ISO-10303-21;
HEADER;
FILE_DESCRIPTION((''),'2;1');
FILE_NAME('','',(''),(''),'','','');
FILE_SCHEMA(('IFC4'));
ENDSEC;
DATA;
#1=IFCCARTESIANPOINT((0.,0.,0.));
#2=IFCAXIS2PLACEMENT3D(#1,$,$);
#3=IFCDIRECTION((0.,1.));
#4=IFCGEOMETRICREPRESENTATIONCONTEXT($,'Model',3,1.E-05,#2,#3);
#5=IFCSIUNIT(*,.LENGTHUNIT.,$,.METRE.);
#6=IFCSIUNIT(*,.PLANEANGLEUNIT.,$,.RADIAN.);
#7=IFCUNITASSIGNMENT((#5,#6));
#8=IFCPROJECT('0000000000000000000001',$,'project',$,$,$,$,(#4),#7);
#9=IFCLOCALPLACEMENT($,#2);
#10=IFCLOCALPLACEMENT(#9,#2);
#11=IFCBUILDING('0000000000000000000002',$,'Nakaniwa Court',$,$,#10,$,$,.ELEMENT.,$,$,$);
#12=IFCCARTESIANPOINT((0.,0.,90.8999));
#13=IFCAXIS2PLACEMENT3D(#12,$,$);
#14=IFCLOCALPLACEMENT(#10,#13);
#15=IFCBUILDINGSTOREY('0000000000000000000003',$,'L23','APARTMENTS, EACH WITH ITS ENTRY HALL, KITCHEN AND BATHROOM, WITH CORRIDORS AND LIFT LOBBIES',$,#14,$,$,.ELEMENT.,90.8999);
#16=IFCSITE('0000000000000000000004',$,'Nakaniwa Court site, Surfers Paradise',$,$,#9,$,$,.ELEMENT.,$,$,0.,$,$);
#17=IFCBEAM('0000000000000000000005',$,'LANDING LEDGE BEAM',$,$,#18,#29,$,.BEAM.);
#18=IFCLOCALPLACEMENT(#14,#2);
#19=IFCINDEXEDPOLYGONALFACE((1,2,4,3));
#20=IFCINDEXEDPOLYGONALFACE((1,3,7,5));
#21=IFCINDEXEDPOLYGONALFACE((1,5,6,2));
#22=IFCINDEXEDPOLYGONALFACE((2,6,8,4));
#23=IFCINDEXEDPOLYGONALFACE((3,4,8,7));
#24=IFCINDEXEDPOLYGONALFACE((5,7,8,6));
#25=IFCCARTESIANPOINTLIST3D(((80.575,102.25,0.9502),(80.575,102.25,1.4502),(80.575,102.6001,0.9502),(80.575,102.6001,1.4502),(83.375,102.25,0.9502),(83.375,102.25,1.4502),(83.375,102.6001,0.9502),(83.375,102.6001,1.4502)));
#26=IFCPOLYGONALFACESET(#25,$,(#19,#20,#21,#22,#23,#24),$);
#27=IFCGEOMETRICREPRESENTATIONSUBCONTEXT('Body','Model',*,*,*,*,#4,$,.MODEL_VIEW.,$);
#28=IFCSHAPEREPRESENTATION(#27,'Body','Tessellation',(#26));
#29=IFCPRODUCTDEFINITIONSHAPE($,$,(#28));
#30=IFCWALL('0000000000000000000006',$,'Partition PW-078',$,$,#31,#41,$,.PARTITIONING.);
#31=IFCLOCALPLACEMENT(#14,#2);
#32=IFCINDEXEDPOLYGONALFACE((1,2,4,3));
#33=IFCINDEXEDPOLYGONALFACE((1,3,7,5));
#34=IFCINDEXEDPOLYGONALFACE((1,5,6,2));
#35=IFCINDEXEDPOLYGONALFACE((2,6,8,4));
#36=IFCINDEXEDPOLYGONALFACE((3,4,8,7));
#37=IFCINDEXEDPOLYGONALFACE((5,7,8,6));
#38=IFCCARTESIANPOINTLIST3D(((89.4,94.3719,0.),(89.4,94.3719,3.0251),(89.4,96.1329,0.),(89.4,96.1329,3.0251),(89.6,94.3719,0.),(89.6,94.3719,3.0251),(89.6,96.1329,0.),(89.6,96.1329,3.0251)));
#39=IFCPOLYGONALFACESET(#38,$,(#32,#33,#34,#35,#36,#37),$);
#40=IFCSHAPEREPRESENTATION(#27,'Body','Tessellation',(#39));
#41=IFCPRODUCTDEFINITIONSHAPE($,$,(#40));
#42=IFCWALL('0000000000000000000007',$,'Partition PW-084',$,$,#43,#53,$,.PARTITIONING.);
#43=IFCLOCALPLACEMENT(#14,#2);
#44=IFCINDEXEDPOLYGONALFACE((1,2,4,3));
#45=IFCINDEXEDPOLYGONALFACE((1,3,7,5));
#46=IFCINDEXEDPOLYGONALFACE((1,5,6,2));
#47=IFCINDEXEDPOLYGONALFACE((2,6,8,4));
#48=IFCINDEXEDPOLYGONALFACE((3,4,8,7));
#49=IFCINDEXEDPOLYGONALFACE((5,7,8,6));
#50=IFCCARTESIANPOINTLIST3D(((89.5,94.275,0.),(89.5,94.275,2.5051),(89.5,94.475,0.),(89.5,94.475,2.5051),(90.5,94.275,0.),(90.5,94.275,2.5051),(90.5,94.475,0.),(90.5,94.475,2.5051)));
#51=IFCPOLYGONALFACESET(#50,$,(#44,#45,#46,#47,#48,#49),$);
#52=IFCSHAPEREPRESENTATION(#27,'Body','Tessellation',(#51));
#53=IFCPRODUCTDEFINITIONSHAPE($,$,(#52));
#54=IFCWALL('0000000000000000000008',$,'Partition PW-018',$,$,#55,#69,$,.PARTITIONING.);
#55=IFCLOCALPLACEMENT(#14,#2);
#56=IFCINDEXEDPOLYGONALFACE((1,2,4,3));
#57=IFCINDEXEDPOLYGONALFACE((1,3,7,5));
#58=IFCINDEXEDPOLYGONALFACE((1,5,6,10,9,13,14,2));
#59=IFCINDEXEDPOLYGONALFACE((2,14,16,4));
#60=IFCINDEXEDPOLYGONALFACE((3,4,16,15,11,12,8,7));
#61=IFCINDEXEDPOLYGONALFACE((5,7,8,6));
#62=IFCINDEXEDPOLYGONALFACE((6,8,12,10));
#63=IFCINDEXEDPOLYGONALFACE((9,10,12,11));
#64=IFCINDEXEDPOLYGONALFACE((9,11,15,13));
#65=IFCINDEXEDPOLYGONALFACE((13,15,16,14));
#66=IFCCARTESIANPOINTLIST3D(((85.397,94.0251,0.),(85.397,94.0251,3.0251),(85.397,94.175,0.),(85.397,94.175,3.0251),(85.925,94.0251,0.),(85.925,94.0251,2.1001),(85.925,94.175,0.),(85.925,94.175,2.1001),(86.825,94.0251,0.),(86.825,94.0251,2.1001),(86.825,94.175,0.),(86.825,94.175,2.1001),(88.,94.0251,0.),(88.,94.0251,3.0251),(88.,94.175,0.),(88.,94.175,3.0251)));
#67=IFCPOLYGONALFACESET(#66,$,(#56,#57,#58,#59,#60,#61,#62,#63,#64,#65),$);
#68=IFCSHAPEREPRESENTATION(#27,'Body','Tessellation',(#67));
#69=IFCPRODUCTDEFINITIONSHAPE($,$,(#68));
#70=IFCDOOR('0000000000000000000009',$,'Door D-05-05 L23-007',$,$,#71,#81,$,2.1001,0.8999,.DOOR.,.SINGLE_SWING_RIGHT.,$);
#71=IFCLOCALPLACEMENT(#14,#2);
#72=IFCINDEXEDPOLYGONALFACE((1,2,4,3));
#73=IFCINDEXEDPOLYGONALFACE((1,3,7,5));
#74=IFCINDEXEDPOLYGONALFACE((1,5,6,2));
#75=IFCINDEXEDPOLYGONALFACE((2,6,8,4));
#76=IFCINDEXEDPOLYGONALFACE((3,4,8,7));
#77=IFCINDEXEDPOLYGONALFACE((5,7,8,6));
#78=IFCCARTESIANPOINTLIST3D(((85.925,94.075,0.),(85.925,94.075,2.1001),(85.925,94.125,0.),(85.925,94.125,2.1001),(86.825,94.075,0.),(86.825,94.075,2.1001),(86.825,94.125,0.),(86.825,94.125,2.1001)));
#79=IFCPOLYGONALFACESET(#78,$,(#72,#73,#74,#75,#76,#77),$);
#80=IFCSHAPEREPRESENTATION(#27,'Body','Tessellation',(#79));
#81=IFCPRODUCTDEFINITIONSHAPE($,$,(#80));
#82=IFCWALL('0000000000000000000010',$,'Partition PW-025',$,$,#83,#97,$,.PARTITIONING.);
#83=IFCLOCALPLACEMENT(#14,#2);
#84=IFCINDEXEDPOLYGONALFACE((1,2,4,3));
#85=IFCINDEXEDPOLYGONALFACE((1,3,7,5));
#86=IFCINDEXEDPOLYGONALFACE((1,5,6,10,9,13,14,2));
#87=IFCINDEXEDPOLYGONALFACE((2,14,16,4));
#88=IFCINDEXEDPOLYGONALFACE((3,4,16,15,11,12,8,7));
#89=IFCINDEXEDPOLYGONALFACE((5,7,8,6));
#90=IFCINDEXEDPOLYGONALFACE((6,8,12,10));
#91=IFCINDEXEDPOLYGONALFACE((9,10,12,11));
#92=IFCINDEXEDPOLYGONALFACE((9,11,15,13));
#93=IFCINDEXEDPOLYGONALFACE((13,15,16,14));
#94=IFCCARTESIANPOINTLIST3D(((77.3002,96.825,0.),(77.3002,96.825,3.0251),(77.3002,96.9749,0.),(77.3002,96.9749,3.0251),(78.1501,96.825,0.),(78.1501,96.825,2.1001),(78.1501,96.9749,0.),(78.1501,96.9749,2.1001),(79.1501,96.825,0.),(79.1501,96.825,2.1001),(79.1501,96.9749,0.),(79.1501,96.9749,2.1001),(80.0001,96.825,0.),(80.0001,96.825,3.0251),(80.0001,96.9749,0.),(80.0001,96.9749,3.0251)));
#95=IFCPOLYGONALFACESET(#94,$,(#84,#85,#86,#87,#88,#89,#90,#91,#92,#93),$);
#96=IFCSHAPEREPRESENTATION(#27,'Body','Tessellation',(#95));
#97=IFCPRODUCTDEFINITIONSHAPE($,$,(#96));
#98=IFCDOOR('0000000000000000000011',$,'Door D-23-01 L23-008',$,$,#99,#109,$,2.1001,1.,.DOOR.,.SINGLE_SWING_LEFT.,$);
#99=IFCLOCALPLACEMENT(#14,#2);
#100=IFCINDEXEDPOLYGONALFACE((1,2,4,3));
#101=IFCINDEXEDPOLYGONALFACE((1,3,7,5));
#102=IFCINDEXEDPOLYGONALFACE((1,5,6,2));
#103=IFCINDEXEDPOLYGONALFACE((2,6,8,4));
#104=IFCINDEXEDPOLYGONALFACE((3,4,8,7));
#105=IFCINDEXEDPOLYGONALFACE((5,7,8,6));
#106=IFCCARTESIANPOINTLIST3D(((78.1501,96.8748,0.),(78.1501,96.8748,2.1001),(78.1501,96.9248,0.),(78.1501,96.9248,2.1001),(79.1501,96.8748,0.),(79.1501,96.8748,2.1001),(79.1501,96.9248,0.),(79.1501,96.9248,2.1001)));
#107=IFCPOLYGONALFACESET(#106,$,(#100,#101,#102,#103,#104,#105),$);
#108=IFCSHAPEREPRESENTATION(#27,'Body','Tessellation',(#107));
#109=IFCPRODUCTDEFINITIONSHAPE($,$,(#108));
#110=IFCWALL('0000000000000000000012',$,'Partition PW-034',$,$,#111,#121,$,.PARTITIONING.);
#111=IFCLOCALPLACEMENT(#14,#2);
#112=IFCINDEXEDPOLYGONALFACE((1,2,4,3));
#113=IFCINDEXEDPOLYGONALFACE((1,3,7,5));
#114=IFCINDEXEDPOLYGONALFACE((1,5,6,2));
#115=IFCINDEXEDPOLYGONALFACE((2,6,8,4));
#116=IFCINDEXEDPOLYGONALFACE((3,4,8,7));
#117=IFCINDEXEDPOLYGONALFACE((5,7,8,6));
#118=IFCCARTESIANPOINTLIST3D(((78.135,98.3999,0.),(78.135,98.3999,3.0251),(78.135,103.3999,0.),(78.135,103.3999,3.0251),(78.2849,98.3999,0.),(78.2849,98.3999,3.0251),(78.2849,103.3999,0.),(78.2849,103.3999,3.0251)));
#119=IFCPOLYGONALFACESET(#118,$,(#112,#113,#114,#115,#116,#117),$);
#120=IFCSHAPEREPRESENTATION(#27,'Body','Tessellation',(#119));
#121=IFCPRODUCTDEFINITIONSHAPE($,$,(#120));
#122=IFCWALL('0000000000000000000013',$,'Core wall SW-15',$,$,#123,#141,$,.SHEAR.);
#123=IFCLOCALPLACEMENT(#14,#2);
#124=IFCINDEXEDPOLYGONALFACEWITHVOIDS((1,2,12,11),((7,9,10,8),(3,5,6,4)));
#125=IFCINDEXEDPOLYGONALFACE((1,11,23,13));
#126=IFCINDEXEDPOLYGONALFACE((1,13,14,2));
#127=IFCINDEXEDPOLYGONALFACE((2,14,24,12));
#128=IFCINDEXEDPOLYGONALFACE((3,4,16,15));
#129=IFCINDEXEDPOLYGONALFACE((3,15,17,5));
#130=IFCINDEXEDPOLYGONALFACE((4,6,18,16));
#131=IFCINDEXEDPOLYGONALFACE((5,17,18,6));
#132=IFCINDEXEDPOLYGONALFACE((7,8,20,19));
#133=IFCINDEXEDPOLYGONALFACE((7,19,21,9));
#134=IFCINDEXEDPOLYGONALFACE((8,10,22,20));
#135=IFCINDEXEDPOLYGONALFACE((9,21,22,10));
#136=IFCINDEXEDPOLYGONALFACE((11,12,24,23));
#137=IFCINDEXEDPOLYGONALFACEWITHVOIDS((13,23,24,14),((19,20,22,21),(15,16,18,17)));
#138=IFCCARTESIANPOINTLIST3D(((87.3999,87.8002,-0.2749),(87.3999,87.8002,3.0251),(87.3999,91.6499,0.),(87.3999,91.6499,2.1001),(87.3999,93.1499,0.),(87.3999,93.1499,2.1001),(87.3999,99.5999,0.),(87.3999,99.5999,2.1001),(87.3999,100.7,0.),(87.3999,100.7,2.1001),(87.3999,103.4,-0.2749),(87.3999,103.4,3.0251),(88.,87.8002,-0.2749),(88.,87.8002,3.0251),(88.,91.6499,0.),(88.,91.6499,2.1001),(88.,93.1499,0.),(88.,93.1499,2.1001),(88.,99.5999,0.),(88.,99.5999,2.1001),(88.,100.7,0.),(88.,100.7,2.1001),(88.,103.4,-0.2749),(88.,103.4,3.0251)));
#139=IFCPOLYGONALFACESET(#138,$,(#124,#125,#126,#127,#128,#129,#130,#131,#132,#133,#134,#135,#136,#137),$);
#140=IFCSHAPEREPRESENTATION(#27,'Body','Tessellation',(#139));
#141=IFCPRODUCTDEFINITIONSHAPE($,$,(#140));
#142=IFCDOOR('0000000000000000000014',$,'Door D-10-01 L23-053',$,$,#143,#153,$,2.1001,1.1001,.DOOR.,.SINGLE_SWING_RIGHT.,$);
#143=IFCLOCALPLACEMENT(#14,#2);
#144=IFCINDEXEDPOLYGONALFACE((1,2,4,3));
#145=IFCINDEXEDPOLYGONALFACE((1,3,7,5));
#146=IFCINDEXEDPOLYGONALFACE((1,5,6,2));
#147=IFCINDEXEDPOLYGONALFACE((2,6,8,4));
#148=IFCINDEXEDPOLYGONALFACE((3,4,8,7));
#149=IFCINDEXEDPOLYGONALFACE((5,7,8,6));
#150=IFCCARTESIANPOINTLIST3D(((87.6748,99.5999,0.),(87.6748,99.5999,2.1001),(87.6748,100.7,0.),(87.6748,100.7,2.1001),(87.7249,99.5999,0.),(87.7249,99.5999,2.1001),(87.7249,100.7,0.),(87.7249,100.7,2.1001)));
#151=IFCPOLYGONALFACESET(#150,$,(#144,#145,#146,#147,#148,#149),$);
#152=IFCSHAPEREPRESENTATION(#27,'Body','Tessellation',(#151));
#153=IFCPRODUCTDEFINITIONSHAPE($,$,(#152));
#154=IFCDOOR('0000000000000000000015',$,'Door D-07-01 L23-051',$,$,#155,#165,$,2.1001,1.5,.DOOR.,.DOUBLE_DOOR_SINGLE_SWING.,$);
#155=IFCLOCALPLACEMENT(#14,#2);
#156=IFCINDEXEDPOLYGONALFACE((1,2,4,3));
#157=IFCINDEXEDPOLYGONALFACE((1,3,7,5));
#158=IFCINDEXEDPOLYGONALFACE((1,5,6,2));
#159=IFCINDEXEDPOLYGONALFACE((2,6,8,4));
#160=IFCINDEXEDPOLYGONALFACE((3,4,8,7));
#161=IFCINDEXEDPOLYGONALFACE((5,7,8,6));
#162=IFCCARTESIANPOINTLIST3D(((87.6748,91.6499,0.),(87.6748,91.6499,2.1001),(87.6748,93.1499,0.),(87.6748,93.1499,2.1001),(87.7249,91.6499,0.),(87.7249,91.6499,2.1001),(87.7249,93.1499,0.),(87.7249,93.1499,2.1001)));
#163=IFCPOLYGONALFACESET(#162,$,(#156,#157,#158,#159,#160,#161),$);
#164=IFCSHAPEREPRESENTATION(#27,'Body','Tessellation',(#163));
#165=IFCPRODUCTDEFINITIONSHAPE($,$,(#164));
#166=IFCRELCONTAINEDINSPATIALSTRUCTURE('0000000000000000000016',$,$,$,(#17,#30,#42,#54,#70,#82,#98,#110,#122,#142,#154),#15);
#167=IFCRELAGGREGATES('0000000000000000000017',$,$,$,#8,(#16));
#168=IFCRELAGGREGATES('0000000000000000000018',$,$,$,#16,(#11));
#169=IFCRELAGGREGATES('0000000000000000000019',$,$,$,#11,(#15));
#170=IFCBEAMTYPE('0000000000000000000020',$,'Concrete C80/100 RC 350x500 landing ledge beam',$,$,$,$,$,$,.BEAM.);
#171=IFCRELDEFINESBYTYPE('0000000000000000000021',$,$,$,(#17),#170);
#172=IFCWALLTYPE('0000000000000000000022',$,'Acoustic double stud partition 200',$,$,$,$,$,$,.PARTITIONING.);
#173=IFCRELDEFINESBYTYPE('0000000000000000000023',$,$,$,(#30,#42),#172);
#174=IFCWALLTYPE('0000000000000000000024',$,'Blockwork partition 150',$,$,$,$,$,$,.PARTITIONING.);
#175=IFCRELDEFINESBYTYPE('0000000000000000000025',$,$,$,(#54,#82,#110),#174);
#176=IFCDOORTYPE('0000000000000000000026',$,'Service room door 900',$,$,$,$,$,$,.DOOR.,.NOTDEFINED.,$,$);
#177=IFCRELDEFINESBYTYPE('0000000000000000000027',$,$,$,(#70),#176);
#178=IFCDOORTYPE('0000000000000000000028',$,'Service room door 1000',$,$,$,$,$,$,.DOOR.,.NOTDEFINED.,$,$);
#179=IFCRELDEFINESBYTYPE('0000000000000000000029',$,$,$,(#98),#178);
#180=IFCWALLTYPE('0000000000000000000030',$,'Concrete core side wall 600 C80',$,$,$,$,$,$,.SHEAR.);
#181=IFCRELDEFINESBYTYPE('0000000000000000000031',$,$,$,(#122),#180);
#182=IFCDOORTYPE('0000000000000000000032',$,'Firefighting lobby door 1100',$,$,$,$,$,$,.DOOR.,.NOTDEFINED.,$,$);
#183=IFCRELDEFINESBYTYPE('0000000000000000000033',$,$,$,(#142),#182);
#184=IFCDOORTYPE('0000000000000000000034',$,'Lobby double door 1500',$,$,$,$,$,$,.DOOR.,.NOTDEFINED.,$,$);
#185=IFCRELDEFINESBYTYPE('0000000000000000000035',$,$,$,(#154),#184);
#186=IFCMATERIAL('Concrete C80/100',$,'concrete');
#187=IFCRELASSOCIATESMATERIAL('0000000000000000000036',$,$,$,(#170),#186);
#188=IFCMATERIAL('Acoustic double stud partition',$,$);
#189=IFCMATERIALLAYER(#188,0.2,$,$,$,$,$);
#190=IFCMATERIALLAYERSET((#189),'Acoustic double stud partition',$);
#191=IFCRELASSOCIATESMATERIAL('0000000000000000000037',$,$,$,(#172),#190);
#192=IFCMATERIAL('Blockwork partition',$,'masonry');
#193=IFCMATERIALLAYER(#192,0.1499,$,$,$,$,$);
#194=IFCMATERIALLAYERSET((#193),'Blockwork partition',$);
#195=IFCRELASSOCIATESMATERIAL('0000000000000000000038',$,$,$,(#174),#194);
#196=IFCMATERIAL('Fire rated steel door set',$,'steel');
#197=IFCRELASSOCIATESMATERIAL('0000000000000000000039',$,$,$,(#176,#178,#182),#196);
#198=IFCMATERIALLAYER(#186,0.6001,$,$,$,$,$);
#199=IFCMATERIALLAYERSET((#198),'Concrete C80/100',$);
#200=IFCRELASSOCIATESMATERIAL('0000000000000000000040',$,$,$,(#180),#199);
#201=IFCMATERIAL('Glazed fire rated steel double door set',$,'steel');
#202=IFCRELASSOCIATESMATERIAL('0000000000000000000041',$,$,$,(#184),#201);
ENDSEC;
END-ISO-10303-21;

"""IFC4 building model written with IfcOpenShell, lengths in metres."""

from ifc_helpers import new_model, si_unit, direction, frame, frame_2d, origin, origin_2d, place, context, subcontext, project, spatial, rectangle, extrude, material, layer, layer_set, material_profile, profile_set, type_object, element, fill, save


model = new_model("IFC4")

# Units and contexts
model_context = context("Model", 3, precision=1e-05, world=origin(), true_north=direction((0.0, 1.0)))
body_context = subcontext(model_context, "Body", "Model", "MODEL_VIEW")
ifc_project = project(units=[si_unit("LENGTHUNIT", "METRE"), si_unit("PLANEANGLEUNIT", "RADIAN")], contexts=[model_context])

# Site, building, storey
site_placement = place(None, origin())
site = spatial("IfcSite", under=ifc_project, at=site_placement, Name="Nakaniwa Court site, Surfers Paradise", CompositionType="ELEMENT", RefElevation=0.0)
building_placement = place(site_placement, origin())
building = spatial("IfcBuilding", under=site, at=building_placement, Name="Nakaniwa Court", CompositionType="ELEMENT")
storey_placement = place(building_placement, frame((0.0, 0.0, 90.8999)))
storey = spatial("IfcBuildingStorey", under=building, at=storey_placement, Name="L23", Description="APARTMENTS, EACH WITH ITS ENTRY HALL, KITCHEN AND BATHROOM, WITH CORRIDORS AND LIFT LOBBIES", CompositionType="ELEMENT", Elevation=90.8999)

# Beam
ifc_material_1 = material(Name="Concrete C80/100", Category="concrete")
ifc_material_profile = material_profile(ifc_material_1, rectangle(XDim=0.3501, YDim=0.5, at=origin_2d()), Name="Concrete C80/100 RC 350x500 landing ledge beam")
ifc_profile_set = profile_set([ifc_material_profile], Name="Concrete C80/100")
beam_type = type_object("IfcBeamType", Name="Concrete C80/100 RC 350x500 landing ledge beam", PredefinedType="BEAM", material=ifc_profile_set)
beam_placement = place(storey_placement, frame((80.575, 102.425, 1.2002), z_axis=(1.0, 0.0, 0.0), x_axis=(0.0, 1.0, 0.0)))
element("IfcBeam", 1, at=beam_placement, inside=storey, type_object=beam_type, Name="LANDING LEDGE BEAM", PredefinedType="BEAM", context=body_context, shape_type="SweptSolid", body=[
    extrude(rectangle(XDim=0.3501, YDim=0.5, at=origin_2d()), origin(), (0.0, 0.0, 1.0), 2.8),
])

# Walls
ifc_material_2 = material(Name="Acoustic double stud partition")
ifc_layer_1 = layer(ifc_material_2, 0.2)
ifc_layer_set_1 = layer_set([ifc_layer_1], Name="Acoustic double stud partition")
wall_type_1 = type_object("IfcWallType", Name="Acoustic double stud partition 200", PredefinedType="PARTITIONING", material=ifc_layer_set_1)
wall_1_placement = place(storey_placement, frame((89.5, 94.3721, 0.0), z_axis=(0.0, 0.0, 1.0), x_axis=(0.0, 1.0, 0.0)))
element("IfcWall", 2, at=wall_1_placement, inside=storey, type_object=wall_type_1, Name="Partition PW-078", PredefinedType="PARTITIONING", context=body_context, shape_type="SweptSolid", body=[
    extrude(rectangle(XDim=1.761, YDim=0.2, at=frame_2d((0.8804, 0.0))), origin(), (0.0, 0.0, 1.0), 3.0251),
])
wall_2_placement = place(storey_placement, frame((89.5, 94.375, 0.0), z_axis=(0.0, 0.0, 1.0), x_axis=(1.0, 0.0, 0.0)))
element("IfcWall", 3, at=wall_2_placement, inside=storey, type_object=wall_type_1, Name="Partition PW-084", PredefinedType="PARTITIONING", context=body_context, shape_type="SweptSolid", body=[
    extrude(rectangle(XDim=1.0, YDim=0.2, at=frame_2d((0.5, 0.0))), origin(), (0.0, 0.0, 1.0), 2.5051),
])

# Walls, openings, doors
ifc_material_3 = material(Name="Blockwork partition", Category="masonry")
ifc_layer_2 = layer(ifc_material_3, 0.1499)
ifc_layer_set_2 = layer_set([ifc_layer_2], Name="Blockwork partition")
wall_type_2 = type_object("IfcWallType", Name="Blockwork partition 150", PredefinedType="PARTITIONING", material=ifc_layer_set_2)
wall_3_placement = place(storey_placement, frame((85.397, 94.1001, 0.0), z_axis=(0.0, 0.0, 1.0), x_axis=(1.0, 0.0, 0.0)))
wall_3 = element("IfcWall", 4, at=wall_3_placement, inside=storey, type_object=wall_type_2, Name="Partition PW-018", PredefinedType="PARTITIONING", context=body_context, shape_type="SweptSolid", body=[
    extrude(rectangle(XDim=2.603, YDim=0.1499, at=frame_2d((1.3015, 0.0))), origin(), (0.0, 0.0, 1.0), 3.0251),
])
opening_1_placement = place(wall_3_placement, frame((0.5281, 0.0, 0.0)))
opening_1 = element("IfcOpeningElement", 5, at=opening_1_placement, cuts=wall_3, PredefinedType="OPENING", context=body_context, shape_type="SweptSolid", body=[
    extrude(rectangle(XDim=0.8999, YDim=2.1001, at=frame_2d((0.45, 1.05))), frame((0.0, 0.085, 0.0), z_axis=(0.0, -1.0, 0.0), x_axis=(1.0, 0.0, 0.0)), (0.0, 0.0, 1.0), 0.1699),
])
ifc_material_4 = material(Name="Fire rated steel door set", Category="steel")
door_type_1 = type_object("IfcDoorType", Name="Service room door 900", OperationType="NOTDEFINED", PredefinedType="DOOR", material=ifc_material_4)
door_1_placement = place(opening_1_placement, origin())
door_1 = element("IfcDoor", 6, at=door_1_placement, inside=storey, type_object=door_type_1, Name="Door D-05-05 L23-007", OperationType="SINGLE_SWING_RIGHT", OverallHeight=2.1001, OverallWidth=0.8999, PredefinedType="DOOR", context=body_context, shape_type="SweptSolid", body=[
    extrude(rectangle(XDim=0.8999, YDim=2.1001, at=frame_2d((0.45, 1.05))), frame((0.0, 0.0249, 0.0), z_axis=(0.0, -1.0, 0.0), x_axis=(1.0, 0.0, 0.0)), (0.0, 0.0, 1.0), 0.05),
])
fill(opening_1, door_1)
wall_4_placement = place(storey_placement, frame((77.3, 96.8999, 0.0), z_axis=(0.0, 0.0, 1.0), x_axis=(1.0, 0.0, 0.0)))
wall_4 = element("IfcWall", 7, at=wall_4_placement, inside=storey, type_object=wall_type_2, Name="Partition PW-025", PredefinedType="PARTITIONING", context=body_context, shape_type="SweptSolid", body=[
    extrude(rectangle(XDim=2.7, YDim=0.1499, at=frame_2d((1.3501, 0.0))), origin(), (0.0, 0.0, 1.0), 3.0251),
])
opening_2_placement = place(wall_4_placement, frame((0.8501, 0.0, 0.0)))
opening_2 = element("IfcOpeningElement", 8, at=opening_2_placement, cuts=wall_4, PredefinedType="OPENING", context=body_context, shape_type="SweptSolid", body=[
    extrude(rectangle(XDim=1.0, YDim=2.1001, at=frame_2d((0.5, 1.05))), frame((0.0, 0.085, 0.0), z_axis=(0.0, -1.0, 0.0), x_axis=(1.0, 0.0, 0.0)), (0.0, 0.0, 1.0), 0.1699),
])
door_type_2 = type_object("IfcDoorType", Name="Service room door 1000", OperationType="NOTDEFINED", PredefinedType="DOOR", material=ifc_material_4)
door_2_placement = place(opening_2_placement, origin())
door_2 = element("IfcDoor", 9, at=door_2_placement, inside=storey, type_object=door_type_2, Name="Door D-23-01 L23-008", OperationType="SINGLE_SWING_LEFT", OverallHeight=2.1001, OverallWidth=1.0, PredefinedType="DOOR", context=body_context, shape_type="SweptSolid", body=[
    extrude(rectangle(XDim=1.0, YDim=2.1001, at=frame_2d((0.5, 1.05))), frame((0.0, 0.0249, 0.0), z_axis=(0.0, -1.0, 0.0), x_axis=(1.0, 0.0, 0.0)), (0.0, 0.0, 1.0), 0.05),
])
fill(opening_2, door_2)

# Wall
wall_5_placement = place(storey_placement, frame((78.21, 98.3999, 0.0), z_axis=(0.0, 0.0, 1.0), x_axis=(0.0, 1.0, 0.0)))
element("IfcWall", 10, at=wall_5_placement, inside=storey, type_object=wall_type_2, Name="Partition PW-034", PredefinedType="PARTITIONING", context=body_context, shape_type="SweptSolid", body=[
    extrude(rectangle(XDim=5.0, YDim=0.1499, at=frame_2d((2.5, 0.0))), origin(), (0.0, 0.0, 1.0), 3.0251),
])

# Wall, openings, doors
ifc_layer_3 = layer(ifc_material_1, 0.6001)
ifc_layer_set_3 = layer_set([ifc_layer_3], Name="Concrete C80/100")
wall_type_3 = type_object("IfcWallType", Name="Concrete core side wall 600 C80", PredefinedType="SHEAR", material=ifc_layer_set_3)
wall_6_placement = place(storey_placement, frame((87.7, 103.3999, -0.2749), z_axis=(0.0, 0.0, 1.0), x_axis=(0.0, -1.0, 0.0)))
wall_6 = element("IfcWall", 11, at=wall_6_placement, inside=storey, type_object=wall_type_3, Name="Core wall SW-15", PredefinedType="SHEAR", context=body_context, shape_type="SweptSolid", body=[
    extrude(rectangle(XDim=15.5999, YDim=0.6001, at=frame_2d((7.7998, 0.0))), origin(), (0.0, 0.0, 1.0), 3.3),
])
opening_3_placement = place(wall_6_placement, frame((10.25, 0.0, 0.2749)))
opening_3 = element("IfcOpeningElement", 12, at=opening_3_placement, cuts=wall_6, PredefinedType="OPENING", context=body_context, shape_type="SweptSolid", body=[
    extrude(rectangle(XDim=1.5, YDim=2.1001, at=frame_2d((0.75, 1.05))), frame((0.0, 0.3101, 0.0), z_axis=(0.0, -1.0, 0.0), x_axis=(1.0, 0.0, 0.0)), (0.0, 0.0, 1.0), 0.6201),
])
opening_4_placement = place(wall_6_placement, frame((2.7, 0.0, 0.2749)))
opening_4 = element("IfcOpeningElement", 13, at=opening_4_placement, cuts=wall_6, PredefinedType="OPENING", context=body_context, shape_type="SweptSolid", body=[
    extrude(rectangle(XDim=1.1001, YDim=2.1001, at=frame_2d((0.55, 1.05))), frame((0.0, 0.3101, 0.0), z_axis=(0.0, -1.0, 0.0), x_axis=(1.0, 0.0, 0.0)), (0.0, 0.0, 1.0), 0.6201),
])
door_type_3 = type_object("IfcDoorType", Name="Firefighting lobby door 1100", OperationType="NOTDEFINED", PredefinedType="DOOR", material=ifc_material_4)
door_3_placement = place(opening_4_placement, origin())
door_3 = element("IfcDoor", 14, at=door_3_placement, inside=storey, type_object=door_type_3, Name="Door D-10-01 L23-053", OperationType="SINGLE_SWING_RIGHT", OverallHeight=2.1001, OverallWidth=1.1001, PredefinedType="DOOR", context=body_context, shape_type="SweptSolid", body=[
    extrude(rectangle(XDim=1.1001, YDim=2.1001, at=frame_2d((0.55, 1.05))), frame((0.0, 0.0249, 0.0), z_axis=(0.0, -1.0, 0.0), x_axis=(1.0, 0.0, 0.0)), (0.0, 0.0, 1.0), 0.05),
])
fill(opening_4, door_3)
ifc_material_5 = material(Name="Glazed fire rated steel double door set", Category="steel")
door_type_4 = type_object("IfcDoorType", Name="Lobby double door 1500", OperationType="NOTDEFINED", PredefinedType="DOOR", material=ifc_material_5)
door_4_placement = place(opening_3_placement, origin())
door_4 = element("IfcDoor", 15, at=door_4_placement, inside=storey, type_object=door_type_4, Name="Door D-07-01 L23-051", OperationType="DOUBLE_DOOR_SINGLE_SWING", OverallHeight=2.1001, OverallWidth=1.5, PredefinedType="DOOR", context=body_context, shape_type="SweptSolid", body=[
    extrude(rectangle(XDim=1.5, YDim=2.1001, at=frame_2d((0.75, 1.05))), frame((0.0, 0.0249, 0.0), z_axis=(0.0, -1.0, 0.0), x_axis=(1.0, 0.0, 0.0)), (0.0, 0.0, 1.0), 0.05),
])
fill(opening_3, door_4)

save(model, "model.ifc")
